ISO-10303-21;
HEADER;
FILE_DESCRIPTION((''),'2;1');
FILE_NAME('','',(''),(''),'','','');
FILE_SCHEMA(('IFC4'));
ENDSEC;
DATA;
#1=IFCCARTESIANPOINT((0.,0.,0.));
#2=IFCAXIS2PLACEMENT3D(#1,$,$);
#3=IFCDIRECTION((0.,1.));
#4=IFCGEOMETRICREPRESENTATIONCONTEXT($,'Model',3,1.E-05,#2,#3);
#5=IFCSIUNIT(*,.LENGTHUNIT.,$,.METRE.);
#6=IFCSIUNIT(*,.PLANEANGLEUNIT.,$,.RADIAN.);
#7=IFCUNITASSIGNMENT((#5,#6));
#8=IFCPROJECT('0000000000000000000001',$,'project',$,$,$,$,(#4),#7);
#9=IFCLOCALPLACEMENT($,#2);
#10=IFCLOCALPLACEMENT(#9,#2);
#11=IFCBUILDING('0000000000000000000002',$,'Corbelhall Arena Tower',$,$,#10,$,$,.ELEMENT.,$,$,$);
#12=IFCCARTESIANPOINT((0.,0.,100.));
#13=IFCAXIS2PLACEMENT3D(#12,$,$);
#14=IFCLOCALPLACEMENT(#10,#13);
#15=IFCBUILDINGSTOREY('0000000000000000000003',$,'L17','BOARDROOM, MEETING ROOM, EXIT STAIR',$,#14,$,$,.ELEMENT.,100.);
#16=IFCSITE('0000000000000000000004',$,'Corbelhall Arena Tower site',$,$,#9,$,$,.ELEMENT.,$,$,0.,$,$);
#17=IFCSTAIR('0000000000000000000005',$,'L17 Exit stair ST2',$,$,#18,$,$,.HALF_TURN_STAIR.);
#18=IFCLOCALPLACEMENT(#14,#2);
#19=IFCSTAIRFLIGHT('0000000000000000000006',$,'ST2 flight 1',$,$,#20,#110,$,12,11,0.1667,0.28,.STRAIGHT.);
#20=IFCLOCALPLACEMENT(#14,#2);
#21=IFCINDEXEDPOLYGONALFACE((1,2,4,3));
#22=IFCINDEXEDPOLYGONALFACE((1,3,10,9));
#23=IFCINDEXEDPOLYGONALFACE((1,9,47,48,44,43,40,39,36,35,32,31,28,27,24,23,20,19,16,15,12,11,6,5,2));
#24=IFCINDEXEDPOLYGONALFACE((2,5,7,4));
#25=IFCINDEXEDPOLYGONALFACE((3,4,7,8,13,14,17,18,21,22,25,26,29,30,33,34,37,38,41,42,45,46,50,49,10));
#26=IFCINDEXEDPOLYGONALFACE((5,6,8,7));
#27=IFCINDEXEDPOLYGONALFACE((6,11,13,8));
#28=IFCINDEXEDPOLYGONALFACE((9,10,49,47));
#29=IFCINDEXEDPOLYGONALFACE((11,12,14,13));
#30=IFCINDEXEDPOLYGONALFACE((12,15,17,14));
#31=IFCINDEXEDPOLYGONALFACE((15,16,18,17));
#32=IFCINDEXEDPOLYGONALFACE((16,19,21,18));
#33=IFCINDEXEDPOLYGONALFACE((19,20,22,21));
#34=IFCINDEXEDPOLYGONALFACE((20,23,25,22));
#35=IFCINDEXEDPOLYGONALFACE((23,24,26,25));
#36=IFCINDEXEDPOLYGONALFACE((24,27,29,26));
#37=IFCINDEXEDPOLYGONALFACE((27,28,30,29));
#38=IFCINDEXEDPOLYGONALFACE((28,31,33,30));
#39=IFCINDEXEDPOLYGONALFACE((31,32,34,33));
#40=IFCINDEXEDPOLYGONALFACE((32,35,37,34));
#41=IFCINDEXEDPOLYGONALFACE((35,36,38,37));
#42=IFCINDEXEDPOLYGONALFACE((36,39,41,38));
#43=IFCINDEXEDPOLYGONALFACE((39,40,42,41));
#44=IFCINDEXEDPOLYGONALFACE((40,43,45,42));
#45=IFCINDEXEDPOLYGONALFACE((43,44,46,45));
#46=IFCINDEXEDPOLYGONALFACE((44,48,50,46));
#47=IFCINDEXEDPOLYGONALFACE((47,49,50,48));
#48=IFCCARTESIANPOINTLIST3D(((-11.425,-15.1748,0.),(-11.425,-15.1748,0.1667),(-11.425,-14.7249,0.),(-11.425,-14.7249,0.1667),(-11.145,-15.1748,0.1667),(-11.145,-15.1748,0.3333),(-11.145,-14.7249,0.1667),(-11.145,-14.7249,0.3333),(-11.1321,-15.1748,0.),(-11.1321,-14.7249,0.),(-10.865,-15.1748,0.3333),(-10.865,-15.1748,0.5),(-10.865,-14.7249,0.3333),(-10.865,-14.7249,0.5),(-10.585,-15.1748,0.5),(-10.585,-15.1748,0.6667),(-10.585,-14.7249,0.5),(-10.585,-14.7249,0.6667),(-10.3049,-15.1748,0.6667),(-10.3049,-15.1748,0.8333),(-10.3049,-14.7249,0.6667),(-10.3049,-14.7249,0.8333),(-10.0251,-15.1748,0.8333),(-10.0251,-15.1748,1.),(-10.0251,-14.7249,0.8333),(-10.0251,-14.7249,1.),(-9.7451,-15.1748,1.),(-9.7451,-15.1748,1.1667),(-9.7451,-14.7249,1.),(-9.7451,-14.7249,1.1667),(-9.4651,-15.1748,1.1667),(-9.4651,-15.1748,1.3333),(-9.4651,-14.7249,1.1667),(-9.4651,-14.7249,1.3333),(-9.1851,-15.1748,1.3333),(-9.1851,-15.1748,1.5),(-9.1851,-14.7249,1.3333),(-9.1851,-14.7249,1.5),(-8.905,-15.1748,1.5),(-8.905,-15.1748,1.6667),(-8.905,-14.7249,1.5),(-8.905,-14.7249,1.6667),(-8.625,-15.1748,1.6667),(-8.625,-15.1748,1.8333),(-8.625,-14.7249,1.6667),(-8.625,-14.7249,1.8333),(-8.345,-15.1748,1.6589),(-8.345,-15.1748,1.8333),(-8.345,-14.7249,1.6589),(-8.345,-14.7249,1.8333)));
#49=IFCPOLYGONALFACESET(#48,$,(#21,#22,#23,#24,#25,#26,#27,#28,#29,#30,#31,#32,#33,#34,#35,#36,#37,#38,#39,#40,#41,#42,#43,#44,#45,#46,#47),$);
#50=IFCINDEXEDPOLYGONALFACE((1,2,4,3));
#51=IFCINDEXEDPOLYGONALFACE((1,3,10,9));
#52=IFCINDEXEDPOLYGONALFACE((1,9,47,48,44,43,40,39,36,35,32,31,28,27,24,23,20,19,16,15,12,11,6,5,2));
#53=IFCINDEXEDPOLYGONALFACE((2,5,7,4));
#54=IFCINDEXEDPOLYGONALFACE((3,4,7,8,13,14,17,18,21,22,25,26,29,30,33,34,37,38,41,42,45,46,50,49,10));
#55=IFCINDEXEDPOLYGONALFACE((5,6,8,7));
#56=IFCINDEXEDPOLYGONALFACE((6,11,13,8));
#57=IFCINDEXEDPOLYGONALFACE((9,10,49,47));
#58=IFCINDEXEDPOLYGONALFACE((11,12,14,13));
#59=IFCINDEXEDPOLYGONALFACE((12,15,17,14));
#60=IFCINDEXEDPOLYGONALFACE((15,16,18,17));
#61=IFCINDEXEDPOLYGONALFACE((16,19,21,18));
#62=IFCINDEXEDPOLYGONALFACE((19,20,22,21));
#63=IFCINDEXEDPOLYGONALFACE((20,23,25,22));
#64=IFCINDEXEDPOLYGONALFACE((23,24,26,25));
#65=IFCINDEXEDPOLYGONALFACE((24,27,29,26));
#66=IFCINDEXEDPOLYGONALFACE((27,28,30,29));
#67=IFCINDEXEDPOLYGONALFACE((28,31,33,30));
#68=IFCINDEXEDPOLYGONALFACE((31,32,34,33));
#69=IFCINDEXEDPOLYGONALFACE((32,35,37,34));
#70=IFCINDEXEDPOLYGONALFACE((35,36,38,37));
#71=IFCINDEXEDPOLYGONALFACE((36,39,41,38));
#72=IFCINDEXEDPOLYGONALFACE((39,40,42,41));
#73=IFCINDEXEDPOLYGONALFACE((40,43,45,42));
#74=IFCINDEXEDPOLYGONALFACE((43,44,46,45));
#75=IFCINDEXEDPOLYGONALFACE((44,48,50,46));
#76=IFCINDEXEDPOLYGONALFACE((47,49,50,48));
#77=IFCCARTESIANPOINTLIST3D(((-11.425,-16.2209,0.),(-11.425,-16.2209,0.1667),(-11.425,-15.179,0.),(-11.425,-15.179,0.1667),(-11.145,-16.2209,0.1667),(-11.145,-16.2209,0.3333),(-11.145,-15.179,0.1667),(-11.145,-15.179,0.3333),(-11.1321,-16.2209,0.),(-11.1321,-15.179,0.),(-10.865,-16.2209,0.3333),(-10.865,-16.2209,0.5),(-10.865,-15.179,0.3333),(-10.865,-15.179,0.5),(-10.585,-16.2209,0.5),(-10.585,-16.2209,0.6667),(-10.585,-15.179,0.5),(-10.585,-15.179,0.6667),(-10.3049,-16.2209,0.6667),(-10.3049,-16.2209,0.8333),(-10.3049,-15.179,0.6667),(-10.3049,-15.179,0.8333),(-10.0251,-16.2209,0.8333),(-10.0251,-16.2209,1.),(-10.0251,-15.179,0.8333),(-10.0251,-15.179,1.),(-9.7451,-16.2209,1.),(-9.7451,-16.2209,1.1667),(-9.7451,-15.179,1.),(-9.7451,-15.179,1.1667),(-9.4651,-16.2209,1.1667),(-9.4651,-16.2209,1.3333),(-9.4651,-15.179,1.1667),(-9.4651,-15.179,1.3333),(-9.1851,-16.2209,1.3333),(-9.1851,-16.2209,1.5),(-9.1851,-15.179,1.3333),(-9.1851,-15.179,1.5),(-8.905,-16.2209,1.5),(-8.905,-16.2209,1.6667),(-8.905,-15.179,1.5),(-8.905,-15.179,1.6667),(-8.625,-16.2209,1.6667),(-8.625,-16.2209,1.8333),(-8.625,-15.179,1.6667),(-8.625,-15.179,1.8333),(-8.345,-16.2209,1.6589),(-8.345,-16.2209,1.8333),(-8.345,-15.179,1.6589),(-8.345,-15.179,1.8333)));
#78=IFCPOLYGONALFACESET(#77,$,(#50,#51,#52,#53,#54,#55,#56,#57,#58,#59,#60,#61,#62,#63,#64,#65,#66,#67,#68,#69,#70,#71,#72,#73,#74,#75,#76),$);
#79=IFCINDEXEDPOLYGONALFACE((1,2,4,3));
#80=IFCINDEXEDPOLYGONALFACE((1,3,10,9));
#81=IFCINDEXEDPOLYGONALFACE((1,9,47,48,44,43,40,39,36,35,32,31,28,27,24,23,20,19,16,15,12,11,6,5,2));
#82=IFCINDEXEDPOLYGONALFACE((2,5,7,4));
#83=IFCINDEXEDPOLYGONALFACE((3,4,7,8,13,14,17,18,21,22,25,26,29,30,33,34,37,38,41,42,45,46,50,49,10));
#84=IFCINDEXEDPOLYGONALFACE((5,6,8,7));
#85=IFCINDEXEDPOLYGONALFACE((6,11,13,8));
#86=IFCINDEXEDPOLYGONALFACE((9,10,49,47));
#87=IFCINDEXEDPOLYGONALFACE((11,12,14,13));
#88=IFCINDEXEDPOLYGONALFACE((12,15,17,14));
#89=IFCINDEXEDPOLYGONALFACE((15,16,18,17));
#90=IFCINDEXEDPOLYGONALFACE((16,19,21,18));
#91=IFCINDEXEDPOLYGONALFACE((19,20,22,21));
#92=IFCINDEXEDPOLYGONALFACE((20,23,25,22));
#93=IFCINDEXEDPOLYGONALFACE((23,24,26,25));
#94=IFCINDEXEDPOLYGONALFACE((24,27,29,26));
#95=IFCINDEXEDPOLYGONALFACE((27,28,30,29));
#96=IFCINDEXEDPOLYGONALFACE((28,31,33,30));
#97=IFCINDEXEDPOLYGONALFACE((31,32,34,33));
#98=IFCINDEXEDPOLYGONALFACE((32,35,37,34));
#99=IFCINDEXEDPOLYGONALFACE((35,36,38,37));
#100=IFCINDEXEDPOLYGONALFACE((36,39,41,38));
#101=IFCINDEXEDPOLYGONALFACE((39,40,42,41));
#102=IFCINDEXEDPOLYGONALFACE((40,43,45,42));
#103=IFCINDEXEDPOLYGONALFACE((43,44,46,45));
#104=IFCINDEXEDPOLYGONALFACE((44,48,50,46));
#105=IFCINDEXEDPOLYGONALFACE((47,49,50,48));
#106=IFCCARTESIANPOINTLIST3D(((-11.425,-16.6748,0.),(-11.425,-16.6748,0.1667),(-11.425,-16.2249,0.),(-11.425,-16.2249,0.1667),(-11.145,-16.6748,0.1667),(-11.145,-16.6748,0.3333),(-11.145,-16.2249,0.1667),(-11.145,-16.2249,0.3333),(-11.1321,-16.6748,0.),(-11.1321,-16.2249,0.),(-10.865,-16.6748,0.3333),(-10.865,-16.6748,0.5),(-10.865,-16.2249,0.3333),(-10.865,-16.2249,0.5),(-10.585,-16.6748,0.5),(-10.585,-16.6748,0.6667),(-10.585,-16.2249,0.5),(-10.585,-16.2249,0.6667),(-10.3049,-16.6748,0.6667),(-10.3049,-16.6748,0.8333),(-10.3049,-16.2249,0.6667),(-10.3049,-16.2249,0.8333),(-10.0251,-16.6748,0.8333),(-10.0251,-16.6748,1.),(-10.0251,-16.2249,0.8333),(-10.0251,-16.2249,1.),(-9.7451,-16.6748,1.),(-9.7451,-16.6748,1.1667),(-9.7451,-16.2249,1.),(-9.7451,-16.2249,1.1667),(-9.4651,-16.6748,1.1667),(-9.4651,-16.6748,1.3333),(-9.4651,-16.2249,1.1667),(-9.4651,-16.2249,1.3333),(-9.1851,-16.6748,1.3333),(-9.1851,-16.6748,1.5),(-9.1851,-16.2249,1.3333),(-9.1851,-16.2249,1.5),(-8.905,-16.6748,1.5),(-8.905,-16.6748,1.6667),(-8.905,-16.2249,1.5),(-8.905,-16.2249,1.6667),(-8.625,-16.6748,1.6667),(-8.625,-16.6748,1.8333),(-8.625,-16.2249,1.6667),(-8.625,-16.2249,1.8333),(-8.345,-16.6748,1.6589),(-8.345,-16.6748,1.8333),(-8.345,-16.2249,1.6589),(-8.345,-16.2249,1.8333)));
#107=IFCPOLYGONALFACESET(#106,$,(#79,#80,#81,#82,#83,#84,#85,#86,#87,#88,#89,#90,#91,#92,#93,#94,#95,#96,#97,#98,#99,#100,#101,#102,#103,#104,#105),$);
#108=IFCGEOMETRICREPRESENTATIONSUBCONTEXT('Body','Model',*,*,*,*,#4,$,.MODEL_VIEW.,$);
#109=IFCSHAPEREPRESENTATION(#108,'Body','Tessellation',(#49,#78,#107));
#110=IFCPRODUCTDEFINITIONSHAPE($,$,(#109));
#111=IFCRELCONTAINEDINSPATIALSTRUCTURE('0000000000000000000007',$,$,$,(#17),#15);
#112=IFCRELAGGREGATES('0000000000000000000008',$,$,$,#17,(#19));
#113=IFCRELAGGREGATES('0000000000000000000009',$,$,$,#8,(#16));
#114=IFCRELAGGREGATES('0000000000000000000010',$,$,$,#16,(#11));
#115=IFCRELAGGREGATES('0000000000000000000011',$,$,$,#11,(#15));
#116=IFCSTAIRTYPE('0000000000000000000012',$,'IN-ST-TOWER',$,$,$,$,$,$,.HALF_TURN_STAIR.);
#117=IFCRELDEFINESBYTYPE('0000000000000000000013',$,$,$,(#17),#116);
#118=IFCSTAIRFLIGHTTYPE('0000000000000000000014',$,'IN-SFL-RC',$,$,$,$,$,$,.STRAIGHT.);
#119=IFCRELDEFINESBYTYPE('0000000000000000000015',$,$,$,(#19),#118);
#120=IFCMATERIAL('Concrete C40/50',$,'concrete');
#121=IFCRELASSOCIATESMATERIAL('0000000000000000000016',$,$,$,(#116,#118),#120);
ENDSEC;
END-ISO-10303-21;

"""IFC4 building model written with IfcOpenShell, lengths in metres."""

from ifc_helpers import new_model, si_unit, direction, frame, origin, place, context, subcontext, project, spatial, polyline, outline, extrude, material, type_object, element, aggregate, save


model = new_model("IFC4")

# Units and contexts
model_context = context("Model", 3, precision=1e-05, world=origin(), true_north=direction((0.0, 1.0)))
body_context = subcontext(model_context, "Body", "Model", "MODEL_VIEW")
ifc_project = project(units=[si_unit("LENGTHUNIT", "METRE"), si_unit("PLANEANGLEUNIT", "RADIAN")], contexts=[model_context])

# Site, building, storey
site_placement = place(None, origin())
site = spatial("IfcSite", under=ifc_project, at=site_placement, Name="Corbelhall Arena Tower site", CompositionType="ELEMENT", RefElevation=0.0)
building_placement = place(site_placement, origin())
building = spatial("IfcBuilding", under=site, at=building_placement, Name="Corbelhall Arena Tower", CompositionType="ELEMENT")
storey_placement = place(building_placement, frame((0.0, 0.0, 100.0)))
storey = spatial("IfcBuildingStorey", under=building, at=storey_placement, Name="L17", Description="BOARDROOM, MEETING ROOM, EXIT STAIR", CompositionType="ELEMENT", Elevation=100.0)

# Shared definitions
ifc_material_1 = material(Name="Concrete C40/50", Category="concrete")

# Stair, stair flight
stair_type = type_object("IfcStairType", Name="IN-ST-TOWER", PredefinedType="HALF_TURN_STAIR", material=ifc_material_1)
stair_placement = place(storey_placement, origin())
stair = element("IfcStair", 1, at=stair_placement, inside=storey, type_object=stair_type, Name="L17 Exit stair ST2", PredefinedType="HALF_TURN_STAIR")
stair_flight_type = type_object("IfcStairFlightType", Name="IN-SFL-RC", PredefinedType="STRAIGHT", material=ifc_material_1)
stair_flight_1_placement = place(storey_placement, frame((-11.425, -15.7, 0.0), z_axis=(0.0, 0.0, 1.0), x_axis=(1.0, 0.0, 0.0)))
stair_flight_1 = element("IfcStairFlight", 2, at=stair_flight_1_placement, type_object=stair_flight_type, Name="ST2 flight 1", NumberOfRisers=12, NumberOfTreads=11, PredefinedType="STRAIGHT", RiserHeight=0.1667, TreadLength=0.28, context=body_context, shape_type="SweptSolid", body=[
    extrude(outline(polyline([(0.0, 0.0), (0.0, 0.1667), (0.28, 0.1667), (0.28, 0.3333), (0.5601, 0.3333), (0.5601, 0.5), (0.8401, 0.5), (0.8401, 0.6667), (1.1201, 0.6667), (1.1201, 0.8333), (1.3999, 0.8333), (1.3999, 1.0), (1.6799, 1.0), (1.6799, 1.1667), (1.96, 1.1667), (1.96, 1.3333), (2.24, 1.3333), (2.24, 1.5), (2.52, 1.5), (2.52, 1.6667), (2.8, 1.6667), (2.8, 1.8333), (3.0801, 1.8333), (3.0801, 2.0), (3.0801, 1.6589), (0.293, 0.0), (0.0, 0.0)])), frame((0.0, 0.9751, 0.0), z_axis=(0.0, -1.0, 0.0), x_axis=(1.0, 0.0, 0.0)), (0.0, 0.0, 1.0), 0.45),
    extrude(outline(polyline([(0.0, 0.0), (0.0, 0.1667), (0.28, 0.1667), (0.28, 0.3333), (0.5601, 0.3333), (0.5601, 0.5), (0.8401, 0.5), (0.8401, 0.6667), (1.1201, 0.6667), (1.1201, 0.8333), (1.3999, 0.8333), (1.3999, 1.0), (1.6799, 1.0), (1.6799, 1.1667), (1.96, 1.1667), (1.96, 1.3333), (2.24, 1.3333), (2.24, 1.5), (2.52, 1.5), (2.52, 1.6667), (2.8, 1.6667), (2.8, 1.8333), (3.0801, 1.8333), (3.0801, 2.0), (3.0801, 1.6589), (0.293, 0.0), (0.0, 0.0)])), frame((0.0, 0.521, 0.0), z_axis=(0.0, -1.0, 0.0), x_axis=(1.0, 0.0, 0.0)), (0.0, 0.0, 1.0), 1.042),
    extrude(outline(polyline([(0.0, 0.0), (0.0, 0.1667), (0.28, 0.1667), (0.28, 0.3333), (0.5601, 0.3333), (0.5601, 0.5), (0.8401, 0.5), (0.8401, 0.6667), (1.1201, 0.6667), (1.1201, 0.8333), (1.3999, 0.8333), (1.3999, 1.0), (1.6799, 1.0), (1.6799, 1.1667), (1.96, 1.1667), (1.96, 1.3333), (2.24, 1.3333), (2.24, 1.5), (2.52, 1.5), (2.52, 1.6667), (2.8, 1.6667), (2.8, 1.8333), (3.0801, 1.8333), (3.0801, 2.0), (3.0801, 1.6589), (0.293, 0.0), (0.0, 0.0)])), frame((0.0, -0.5249, 0.0), z_axis=(0.0, -1.0, 0.0), x_axis=(1.0, 0.0, 0.0)), (0.0, 0.0, 1.0), 0.45),
])
aggregate(stair, [stair_flight_1])

save(model, "model.ifc")
